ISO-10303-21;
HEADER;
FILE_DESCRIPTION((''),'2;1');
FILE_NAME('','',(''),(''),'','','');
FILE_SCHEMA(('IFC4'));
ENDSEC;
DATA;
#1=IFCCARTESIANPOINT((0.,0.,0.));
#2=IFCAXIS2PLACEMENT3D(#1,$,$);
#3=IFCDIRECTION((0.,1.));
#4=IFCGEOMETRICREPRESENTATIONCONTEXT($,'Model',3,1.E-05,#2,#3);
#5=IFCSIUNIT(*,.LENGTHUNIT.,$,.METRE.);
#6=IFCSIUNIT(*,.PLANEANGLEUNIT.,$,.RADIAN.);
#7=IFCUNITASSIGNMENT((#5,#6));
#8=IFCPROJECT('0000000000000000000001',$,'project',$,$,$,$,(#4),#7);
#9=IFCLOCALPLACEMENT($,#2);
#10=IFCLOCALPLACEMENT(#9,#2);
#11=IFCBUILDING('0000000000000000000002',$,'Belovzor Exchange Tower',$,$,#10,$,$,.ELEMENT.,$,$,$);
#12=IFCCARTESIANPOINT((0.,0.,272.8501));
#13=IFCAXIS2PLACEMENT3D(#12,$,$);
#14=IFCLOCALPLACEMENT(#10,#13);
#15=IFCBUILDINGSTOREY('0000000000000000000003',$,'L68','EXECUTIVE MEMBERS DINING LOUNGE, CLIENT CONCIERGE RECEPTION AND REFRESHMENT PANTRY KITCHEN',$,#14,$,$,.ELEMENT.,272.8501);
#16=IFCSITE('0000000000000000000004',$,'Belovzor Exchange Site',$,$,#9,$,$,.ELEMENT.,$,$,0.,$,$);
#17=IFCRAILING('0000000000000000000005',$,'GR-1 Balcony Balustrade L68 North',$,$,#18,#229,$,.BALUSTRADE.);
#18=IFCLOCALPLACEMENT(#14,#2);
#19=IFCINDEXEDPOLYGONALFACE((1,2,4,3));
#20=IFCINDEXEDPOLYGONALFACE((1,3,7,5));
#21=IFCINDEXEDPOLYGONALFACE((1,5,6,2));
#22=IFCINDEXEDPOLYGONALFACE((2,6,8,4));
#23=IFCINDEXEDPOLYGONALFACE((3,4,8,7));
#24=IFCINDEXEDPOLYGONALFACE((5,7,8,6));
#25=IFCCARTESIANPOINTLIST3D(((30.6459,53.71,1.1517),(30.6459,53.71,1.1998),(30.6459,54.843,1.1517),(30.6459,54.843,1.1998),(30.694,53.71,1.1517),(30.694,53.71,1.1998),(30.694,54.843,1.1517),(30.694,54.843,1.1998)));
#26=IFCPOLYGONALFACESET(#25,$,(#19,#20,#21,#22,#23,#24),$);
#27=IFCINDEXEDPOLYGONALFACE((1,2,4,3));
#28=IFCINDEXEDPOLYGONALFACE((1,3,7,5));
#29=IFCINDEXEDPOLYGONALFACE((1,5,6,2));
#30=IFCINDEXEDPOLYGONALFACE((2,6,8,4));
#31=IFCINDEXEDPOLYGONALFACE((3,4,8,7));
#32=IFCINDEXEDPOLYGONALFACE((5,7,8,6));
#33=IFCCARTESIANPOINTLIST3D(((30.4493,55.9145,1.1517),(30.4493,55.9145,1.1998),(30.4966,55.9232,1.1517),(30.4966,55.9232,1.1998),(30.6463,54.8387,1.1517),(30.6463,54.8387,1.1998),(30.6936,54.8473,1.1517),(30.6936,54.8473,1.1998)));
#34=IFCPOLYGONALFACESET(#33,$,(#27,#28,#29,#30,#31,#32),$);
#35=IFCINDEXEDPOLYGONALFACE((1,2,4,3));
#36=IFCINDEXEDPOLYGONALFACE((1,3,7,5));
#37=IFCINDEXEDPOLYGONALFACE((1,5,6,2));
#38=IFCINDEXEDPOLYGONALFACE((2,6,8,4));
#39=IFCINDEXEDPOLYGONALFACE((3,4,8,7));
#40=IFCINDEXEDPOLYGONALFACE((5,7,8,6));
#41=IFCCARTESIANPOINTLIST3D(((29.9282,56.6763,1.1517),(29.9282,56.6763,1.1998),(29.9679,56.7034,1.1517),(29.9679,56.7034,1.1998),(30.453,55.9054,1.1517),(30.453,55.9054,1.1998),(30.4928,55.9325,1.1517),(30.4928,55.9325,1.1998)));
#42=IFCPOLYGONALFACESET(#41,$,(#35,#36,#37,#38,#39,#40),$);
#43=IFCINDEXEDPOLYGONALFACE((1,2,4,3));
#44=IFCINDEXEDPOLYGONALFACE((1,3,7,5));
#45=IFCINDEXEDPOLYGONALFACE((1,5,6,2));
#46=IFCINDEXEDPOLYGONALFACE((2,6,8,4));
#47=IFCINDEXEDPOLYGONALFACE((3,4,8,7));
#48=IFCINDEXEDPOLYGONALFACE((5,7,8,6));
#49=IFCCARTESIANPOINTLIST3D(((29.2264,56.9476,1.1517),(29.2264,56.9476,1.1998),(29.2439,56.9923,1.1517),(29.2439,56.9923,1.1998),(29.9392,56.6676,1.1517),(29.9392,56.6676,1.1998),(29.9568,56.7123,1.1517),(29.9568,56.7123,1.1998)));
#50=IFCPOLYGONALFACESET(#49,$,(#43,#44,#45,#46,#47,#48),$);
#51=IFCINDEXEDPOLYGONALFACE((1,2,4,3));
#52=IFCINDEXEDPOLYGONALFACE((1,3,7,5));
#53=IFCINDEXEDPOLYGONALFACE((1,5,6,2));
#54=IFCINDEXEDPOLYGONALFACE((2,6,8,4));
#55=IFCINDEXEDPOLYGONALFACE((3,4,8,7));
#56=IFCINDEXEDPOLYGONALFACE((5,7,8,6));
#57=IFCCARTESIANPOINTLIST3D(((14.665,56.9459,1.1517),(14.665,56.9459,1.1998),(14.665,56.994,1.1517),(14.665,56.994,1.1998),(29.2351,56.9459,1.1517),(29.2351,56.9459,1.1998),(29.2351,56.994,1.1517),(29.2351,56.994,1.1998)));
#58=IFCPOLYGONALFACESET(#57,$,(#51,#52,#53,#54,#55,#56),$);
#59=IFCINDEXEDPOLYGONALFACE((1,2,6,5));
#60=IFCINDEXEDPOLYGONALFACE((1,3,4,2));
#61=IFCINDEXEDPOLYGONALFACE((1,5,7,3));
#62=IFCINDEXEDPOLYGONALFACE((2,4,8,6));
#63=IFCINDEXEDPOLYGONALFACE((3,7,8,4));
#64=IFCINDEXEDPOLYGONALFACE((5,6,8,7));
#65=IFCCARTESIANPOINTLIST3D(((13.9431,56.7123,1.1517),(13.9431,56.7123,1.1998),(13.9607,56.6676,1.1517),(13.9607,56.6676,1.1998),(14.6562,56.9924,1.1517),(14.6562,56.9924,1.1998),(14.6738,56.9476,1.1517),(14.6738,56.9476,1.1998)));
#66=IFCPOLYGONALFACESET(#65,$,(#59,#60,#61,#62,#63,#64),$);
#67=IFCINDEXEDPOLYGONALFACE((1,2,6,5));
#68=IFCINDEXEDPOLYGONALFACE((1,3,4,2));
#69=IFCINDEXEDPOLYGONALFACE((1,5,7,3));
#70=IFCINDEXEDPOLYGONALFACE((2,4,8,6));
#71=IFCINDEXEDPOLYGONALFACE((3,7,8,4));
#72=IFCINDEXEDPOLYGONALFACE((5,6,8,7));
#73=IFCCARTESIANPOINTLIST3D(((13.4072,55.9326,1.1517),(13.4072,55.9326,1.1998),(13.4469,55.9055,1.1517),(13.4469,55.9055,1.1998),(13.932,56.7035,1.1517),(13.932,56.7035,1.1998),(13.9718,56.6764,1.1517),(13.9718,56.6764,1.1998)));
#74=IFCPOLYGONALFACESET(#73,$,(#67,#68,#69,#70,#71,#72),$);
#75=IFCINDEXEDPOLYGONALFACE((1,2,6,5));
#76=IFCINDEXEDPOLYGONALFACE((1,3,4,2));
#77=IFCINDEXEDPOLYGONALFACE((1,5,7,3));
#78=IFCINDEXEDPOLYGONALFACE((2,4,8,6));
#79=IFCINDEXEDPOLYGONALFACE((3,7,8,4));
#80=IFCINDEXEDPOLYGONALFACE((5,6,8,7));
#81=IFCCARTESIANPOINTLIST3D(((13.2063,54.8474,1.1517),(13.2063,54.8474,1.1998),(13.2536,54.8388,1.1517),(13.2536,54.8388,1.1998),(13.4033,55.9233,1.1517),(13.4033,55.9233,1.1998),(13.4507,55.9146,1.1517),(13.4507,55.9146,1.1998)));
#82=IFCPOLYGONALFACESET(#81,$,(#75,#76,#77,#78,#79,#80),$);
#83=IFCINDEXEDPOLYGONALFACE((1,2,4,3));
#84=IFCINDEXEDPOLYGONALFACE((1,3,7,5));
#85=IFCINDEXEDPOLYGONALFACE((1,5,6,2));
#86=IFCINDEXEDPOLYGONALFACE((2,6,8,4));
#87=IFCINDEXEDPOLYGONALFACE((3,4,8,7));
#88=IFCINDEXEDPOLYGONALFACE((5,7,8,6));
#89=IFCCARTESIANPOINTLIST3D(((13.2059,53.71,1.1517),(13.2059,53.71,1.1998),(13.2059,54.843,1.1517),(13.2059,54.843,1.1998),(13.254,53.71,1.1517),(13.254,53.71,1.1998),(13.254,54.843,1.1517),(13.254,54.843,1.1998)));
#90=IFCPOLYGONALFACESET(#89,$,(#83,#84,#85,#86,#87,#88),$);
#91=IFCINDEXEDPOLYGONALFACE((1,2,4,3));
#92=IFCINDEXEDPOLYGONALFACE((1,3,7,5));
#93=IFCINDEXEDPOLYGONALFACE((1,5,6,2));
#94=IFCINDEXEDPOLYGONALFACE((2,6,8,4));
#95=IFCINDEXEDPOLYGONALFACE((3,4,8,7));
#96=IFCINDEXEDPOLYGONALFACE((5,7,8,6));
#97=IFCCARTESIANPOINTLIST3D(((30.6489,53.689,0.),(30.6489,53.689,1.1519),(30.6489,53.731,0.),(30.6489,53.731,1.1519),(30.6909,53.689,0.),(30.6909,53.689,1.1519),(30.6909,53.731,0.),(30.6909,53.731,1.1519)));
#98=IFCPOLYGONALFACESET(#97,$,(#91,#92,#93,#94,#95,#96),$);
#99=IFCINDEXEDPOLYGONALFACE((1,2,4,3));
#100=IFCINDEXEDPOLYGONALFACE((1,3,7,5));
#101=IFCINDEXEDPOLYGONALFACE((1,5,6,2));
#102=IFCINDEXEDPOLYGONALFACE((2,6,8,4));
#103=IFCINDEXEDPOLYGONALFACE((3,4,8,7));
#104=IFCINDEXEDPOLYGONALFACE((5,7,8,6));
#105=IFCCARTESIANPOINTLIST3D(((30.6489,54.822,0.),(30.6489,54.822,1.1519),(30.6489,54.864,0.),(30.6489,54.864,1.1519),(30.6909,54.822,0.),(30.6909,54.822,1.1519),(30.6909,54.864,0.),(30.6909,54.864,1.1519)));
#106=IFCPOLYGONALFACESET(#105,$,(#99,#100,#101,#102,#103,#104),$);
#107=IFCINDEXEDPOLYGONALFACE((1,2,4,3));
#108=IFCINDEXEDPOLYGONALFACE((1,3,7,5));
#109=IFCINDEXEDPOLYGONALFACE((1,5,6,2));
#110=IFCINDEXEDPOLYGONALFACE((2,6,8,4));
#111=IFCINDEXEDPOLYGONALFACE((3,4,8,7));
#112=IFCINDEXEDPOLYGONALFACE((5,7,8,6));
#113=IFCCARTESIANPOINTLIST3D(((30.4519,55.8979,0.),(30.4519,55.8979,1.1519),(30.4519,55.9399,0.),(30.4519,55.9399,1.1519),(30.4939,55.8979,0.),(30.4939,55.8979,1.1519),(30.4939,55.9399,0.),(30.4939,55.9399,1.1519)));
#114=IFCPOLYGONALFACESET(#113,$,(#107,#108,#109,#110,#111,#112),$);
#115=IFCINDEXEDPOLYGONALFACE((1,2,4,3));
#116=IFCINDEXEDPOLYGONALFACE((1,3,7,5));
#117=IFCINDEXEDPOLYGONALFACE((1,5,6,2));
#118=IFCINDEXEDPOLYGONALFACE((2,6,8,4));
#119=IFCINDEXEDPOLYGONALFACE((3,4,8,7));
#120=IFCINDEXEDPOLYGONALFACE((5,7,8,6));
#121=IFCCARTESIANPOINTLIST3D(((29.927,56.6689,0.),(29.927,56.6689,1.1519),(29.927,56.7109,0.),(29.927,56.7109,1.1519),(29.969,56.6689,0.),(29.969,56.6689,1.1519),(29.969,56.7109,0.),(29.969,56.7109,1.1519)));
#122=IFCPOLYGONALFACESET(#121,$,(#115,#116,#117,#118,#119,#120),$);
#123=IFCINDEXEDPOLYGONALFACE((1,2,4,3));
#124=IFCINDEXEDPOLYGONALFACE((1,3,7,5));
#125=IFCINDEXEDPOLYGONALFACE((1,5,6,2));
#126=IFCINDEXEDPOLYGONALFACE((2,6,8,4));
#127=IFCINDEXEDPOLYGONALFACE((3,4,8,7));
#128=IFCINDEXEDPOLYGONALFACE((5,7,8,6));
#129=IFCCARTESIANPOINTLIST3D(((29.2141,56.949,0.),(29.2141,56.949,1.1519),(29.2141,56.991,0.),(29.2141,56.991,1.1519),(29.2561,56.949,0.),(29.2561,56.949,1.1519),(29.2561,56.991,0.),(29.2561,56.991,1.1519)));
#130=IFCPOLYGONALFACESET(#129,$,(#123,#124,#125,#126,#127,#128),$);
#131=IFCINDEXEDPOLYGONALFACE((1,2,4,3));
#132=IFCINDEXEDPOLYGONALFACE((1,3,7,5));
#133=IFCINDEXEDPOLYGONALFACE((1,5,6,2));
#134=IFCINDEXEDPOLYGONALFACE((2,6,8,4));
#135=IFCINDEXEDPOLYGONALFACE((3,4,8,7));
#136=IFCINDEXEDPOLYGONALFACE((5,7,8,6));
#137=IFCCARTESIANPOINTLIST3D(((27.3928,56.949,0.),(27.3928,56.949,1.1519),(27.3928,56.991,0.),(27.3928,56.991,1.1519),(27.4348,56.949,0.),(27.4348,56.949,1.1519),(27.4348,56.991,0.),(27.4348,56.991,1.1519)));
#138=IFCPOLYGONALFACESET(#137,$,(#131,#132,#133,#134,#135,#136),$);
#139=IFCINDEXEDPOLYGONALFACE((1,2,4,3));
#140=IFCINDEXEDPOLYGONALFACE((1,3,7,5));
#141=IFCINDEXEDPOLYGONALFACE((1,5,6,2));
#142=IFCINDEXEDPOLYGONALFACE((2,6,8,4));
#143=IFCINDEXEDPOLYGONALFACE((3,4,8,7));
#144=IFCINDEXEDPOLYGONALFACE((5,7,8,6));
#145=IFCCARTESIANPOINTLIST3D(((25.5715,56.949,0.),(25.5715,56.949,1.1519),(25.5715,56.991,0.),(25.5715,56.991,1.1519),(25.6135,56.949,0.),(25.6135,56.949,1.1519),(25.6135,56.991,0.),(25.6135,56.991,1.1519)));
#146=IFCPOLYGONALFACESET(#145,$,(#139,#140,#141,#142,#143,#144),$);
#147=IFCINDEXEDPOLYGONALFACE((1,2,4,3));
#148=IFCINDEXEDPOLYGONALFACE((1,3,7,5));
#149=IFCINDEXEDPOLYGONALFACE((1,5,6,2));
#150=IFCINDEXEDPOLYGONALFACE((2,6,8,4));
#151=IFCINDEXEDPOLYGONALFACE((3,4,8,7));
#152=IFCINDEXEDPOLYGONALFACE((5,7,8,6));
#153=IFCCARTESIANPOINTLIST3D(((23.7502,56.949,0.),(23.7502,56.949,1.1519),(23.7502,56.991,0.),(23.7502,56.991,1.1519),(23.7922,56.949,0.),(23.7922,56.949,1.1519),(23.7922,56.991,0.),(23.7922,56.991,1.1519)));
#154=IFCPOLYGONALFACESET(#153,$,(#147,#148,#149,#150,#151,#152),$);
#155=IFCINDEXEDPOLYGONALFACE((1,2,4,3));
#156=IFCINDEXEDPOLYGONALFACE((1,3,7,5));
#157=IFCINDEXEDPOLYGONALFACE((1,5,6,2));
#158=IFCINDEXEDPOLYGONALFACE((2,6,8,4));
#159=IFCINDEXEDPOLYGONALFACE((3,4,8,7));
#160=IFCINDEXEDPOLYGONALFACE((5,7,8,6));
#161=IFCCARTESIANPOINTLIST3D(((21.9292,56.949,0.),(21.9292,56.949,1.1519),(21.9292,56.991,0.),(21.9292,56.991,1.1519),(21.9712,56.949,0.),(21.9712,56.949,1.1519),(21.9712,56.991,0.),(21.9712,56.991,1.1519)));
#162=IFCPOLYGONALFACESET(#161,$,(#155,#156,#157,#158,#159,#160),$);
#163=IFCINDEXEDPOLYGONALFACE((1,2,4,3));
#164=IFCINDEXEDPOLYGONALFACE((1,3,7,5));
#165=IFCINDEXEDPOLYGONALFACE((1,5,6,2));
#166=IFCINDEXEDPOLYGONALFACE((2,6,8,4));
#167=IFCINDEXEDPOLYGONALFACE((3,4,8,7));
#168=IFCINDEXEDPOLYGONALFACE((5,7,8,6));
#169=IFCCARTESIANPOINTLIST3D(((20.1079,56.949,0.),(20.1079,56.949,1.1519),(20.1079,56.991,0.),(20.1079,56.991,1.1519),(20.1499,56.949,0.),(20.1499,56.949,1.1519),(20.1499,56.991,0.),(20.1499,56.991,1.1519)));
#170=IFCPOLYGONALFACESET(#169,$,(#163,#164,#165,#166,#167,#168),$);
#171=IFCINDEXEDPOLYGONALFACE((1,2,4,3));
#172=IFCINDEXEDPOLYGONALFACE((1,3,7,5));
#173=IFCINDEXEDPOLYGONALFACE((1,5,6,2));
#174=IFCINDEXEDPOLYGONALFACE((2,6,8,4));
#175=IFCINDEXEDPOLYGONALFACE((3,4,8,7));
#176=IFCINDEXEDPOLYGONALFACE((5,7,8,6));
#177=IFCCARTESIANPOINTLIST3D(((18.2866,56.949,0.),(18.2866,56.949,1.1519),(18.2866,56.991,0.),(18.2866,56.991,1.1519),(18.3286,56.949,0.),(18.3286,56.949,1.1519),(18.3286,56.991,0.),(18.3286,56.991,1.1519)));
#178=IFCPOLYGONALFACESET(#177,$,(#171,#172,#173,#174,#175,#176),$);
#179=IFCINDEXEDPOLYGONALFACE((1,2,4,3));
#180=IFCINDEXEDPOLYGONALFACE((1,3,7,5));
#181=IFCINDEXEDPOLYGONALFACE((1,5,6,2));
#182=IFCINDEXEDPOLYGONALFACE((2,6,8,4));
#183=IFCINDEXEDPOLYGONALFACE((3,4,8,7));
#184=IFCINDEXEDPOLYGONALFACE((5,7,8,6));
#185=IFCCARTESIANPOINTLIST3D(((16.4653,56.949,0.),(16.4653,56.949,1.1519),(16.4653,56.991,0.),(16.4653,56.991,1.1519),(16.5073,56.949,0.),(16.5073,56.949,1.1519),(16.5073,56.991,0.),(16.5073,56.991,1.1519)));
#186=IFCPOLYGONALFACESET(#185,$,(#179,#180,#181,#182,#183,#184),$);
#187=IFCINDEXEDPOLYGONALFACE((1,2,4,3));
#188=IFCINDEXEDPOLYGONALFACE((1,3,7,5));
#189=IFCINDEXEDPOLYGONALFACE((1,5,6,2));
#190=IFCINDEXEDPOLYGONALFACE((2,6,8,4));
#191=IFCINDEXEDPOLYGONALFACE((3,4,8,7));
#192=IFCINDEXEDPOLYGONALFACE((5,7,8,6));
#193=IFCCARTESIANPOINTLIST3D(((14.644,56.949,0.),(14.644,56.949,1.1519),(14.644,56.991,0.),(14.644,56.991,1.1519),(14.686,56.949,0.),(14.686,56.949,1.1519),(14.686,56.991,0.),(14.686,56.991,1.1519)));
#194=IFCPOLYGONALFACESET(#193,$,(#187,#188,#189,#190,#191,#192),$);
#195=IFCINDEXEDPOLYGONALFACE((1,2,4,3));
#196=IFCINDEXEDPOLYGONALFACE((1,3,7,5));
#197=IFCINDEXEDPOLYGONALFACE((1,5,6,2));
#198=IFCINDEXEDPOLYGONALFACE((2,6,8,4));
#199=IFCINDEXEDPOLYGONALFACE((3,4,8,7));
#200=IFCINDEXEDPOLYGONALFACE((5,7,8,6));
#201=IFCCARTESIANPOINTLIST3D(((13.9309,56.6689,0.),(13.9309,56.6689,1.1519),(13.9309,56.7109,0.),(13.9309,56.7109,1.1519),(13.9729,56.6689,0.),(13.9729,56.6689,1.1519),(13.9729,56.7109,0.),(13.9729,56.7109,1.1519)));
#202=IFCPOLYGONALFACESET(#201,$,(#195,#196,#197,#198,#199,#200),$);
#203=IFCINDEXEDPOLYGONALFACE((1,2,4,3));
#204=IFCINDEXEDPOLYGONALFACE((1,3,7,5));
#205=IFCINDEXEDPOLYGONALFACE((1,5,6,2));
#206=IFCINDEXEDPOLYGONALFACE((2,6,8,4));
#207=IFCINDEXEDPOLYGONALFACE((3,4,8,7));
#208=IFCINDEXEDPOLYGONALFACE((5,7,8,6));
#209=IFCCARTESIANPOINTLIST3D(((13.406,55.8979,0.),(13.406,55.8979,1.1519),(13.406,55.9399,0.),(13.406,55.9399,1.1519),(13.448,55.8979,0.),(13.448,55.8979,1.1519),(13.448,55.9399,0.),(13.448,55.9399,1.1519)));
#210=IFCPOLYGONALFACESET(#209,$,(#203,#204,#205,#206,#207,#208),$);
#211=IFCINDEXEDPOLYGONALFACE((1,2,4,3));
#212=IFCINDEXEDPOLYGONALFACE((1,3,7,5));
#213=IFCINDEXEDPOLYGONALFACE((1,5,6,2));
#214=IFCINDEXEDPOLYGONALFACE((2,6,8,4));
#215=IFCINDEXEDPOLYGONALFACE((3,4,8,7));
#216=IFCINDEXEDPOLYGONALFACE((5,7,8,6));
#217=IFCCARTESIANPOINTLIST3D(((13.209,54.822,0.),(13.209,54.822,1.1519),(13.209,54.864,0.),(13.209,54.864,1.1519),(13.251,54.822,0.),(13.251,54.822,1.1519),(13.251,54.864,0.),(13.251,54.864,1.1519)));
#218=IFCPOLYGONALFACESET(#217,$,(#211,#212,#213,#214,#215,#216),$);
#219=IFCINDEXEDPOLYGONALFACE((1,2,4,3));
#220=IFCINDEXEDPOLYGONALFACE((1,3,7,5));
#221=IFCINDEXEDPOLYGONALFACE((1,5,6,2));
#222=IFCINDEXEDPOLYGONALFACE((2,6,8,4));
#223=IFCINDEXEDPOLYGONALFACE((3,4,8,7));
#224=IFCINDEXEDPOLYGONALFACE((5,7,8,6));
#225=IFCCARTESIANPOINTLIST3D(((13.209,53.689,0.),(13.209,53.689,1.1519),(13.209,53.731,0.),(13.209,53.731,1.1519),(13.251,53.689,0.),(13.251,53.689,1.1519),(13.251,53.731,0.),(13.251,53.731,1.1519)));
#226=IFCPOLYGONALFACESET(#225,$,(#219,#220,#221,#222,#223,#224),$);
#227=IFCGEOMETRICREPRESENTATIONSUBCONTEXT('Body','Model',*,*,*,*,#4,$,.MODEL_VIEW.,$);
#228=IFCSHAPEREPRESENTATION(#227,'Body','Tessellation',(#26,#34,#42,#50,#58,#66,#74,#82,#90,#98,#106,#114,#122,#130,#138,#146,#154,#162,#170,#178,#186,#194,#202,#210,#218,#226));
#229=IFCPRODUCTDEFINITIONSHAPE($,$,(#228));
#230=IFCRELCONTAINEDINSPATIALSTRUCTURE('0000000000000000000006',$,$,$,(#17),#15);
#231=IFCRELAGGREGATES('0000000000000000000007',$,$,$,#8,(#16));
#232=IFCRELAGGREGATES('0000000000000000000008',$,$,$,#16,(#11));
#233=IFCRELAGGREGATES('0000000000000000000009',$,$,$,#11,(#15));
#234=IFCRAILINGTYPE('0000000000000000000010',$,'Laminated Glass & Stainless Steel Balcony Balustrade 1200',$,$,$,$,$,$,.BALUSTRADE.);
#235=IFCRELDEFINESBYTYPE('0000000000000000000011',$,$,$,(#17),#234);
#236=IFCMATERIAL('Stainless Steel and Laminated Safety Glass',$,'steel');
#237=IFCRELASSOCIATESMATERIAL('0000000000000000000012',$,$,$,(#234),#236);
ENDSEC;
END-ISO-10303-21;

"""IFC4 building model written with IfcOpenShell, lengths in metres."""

from ifc_helpers import new_model, si_unit, direction, frame, origin, origin_2d, place, context, subcontext, project, spatial, rectangle, extrude, material, type_object, element, save


model = new_model("IFC4")

# Units and contexts
model_context = context("Model", 3, precision=1e-05, world=origin(), true_north=direction((0.0, 1.0)))
body_context = subcontext(model_context, "Body", "Model", "MODEL_VIEW")
ifc_project = project(units=[si_unit("LENGTHUNIT", "METRE"), si_unit("PLANEANGLEUNIT", "RADIAN")], contexts=[model_context])

# Site, building, storey
site_placement = place(None, origin())
site = spatial("IfcSite", under=ifc_project, at=site_placement, Name="Belovzor Exchange Site", CompositionType="ELEMENT", RefElevation=0.0)
building_placement = place(site_placement, origin())
building = spatial("IfcBuilding", under=site, at=building_placement, Name="Belovzor Exchange Tower", CompositionType="ELEMENT")
storey_placement = place(building_placement, frame((0.0, 0.0, 272.8501)))
storey = spatial("IfcBuildingStorey", under=building, at=storey_placement, Name="L68", Description="EXECUTIVE MEMBERS DINING LOUNGE, CLIENT CONCIERGE RECEPTION AND REFRESHMENT PANTRY KITCHEN", CompositionType="ELEMENT", Elevation=272.8501)

# Railing
ifc_material_1 = material(Name="Stainless Steel and Laminated Safety Glass", Category="steel")
railing_type = type_object("IfcRailingType", Name="Laminated Glass & Stainless Steel Balcony Balustrade 1200", PredefinedType="BALUSTRADE", material=ifc_material_1)
railing_placement = place(storey_placement, frame((30.6699, 53.71, 0.0)))
element("IfcRailing", 1, at=railing_placement, inside=storey, type_object=railing_type, Name="GR-1 Balcony Balustrade L68 North", PredefinedType="BALUSTRADE", context=body_context, shape_type="SweptSolid", body=[
    extrude(rectangle(XDim=0.0481, YDim=0.0481, at=origin_2d()), frame((0.0, 0.0, 1.1758), z_axis=(0.0, 1.0, 0.0), x_axis=(-1.0, 0.0, 0.0)), (0.0, 0.0, 1.0), 1.1331),
    extrude(rectangle(XDim=0.0481, YDim=0.0481, at=origin_2d()), frame((0.0, 1.1331, 1.1758), z_axis=(-0.180123, 0.983644, 0.0), x_axis=(-0.983644, -0.180123, 0.0)), (0.0, 0.0, 1.0), 1.0938),
    extrude(rectangle(XDim=0.0481, YDim=0.0481, at=origin_2d()), frame((-0.197, 2.209, 1.1758), z_axis=(-0.562768, 0.826615, 0.0), x_axis=(-0.826615, -0.562768, 0.0)), (0.0, 0.0, 1.0), 0.9326),
    extrude(rectangle(XDim=0.0481, YDim=0.0481, at=origin_2d()), frame((-0.7219, 2.98, 1.1758), z_axis=(-0.930767, 0.365613, 0.0), x_axis=(-0.365613, -0.930767, 0.0)), (0.0, 0.0, 1.0), 0.7659),
    extrude(rectangle(XDim=0.0481, YDim=0.0481, at=origin_2d()), frame((-1.4348, 3.26, 1.1758), z_axis=(-1.0, 0.0, 0.0), x_axis=(0.0, -1.0, 0.0)), (0.0, 0.0, 1.0), 14.5701),
    extrude(rectangle(XDim=0.0481, YDim=0.0481, at=origin_2d()), frame((-16.0049, 3.26, 1.1758), z_axis=(-0.93081, -0.365504, 0.0), x_axis=(0.365504, -0.93081, 0.0)), (0.0, 0.0, 1.0), 0.7661),
    extrude(rectangle(XDim=0.0481, YDim=0.0481, at=origin_2d()), frame((-16.718, 2.98, 1.1758), z_axis=(-0.562768, -0.826615, 0.0), x_axis=(0.826615, -0.562768, 0.0)), (0.0, 0.0, 1.0), 0.9326),
    extrude(rectangle(XDim=0.0481, YDim=0.0481, at=origin_2d()), frame((-17.2429, 2.209, 1.1758), z_axis=(-0.180123, -0.983644, 0.0), x_axis=(0.983644, -0.180123, 0.0)), (0.0, 0.0, 1.0), 1.0938),
    extrude(rectangle(XDim=0.0481, YDim=0.0481, at=origin_2d()), frame((-17.4399, 1.1331, 1.1758), z_axis=(0.0, -1.0, 0.0), x_axis=(1.0, 0.0, 0.0)), (0.0, 0.0, 1.0), 1.1331),
    extrude(rectangle(XDim=0.042, YDim=0.042, at=origin_2d()), origin(), (0.0, 0.0, 1.0), 1.1519),
    extrude(rectangle(XDim=0.042, YDim=0.042, at=origin_2d()), frame((0.0, 1.1331, 0.0)), (0.0, 0.0, 1.0), 1.1519),
    extrude(rectangle(XDim=0.042, YDim=0.042, at=origin_2d()), frame((-0.197, 2.209, 0.0)), (0.0, 0.0, 1.0), 1.1519),
    extrude(rectangle(XDim=0.042, YDim=0.042, at=origin_2d()), frame((-0.7219, 2.98, 0.0)), (0.0, 0.0, 1.0), 1.1519),
    extrude(rectangle(XDim=0.042, YDim=0.042, at=origin_2d()), frame((-1.4348, 3.26, 0.0)), (0.0, 0.0, 1.0), 1.1519),
    extrude(rectangle(XDim=0.042, YDim=0.042, at=origin_2d()), frame((-3.2561, 3.26, 0.0)), (0.0, 0.0, 1.0), 1.1519),
    extrude(rectangle(XDim=0.042, YDim=0.042, at=origin_2d()), frame((-5.0774, 3.26, 0.0)), (0.0, 0.0, 1.0), 1.1519),
    extrude(rectangle(XDim=0.042, YDim=0.042, at=origin_2d()), frame((-6.8987, 3.26, 0.0)), (0.0, 0.0, 1.0), 1.1519),
    extrude(rectangle(XDim=0.042, YDim=0.042, at=origin_2d()), frame((-8.7197, 3.26, 0.0)), (0.0, 0.0, 1.0), 1.1519),
    extrude(rectangle(XDim=0.042, YDim=0.042, at=origin_2d()), frame((-10.541, 3.26, 0.0)), (0.0, 0.0, 1.0), 1.1519),
    extrude(rectangle(XDim=0.042, YDim=0.042, at=origin_2d()), frame((-12.3623, 3.26, 0.0)), (0.0, 0.0, 1.0), 1.1519),
    extrude(rectangle(XDim=0.042, YDim=0.042, at=origin_2d()), frame((-14.1836, 3.26, 0.0)), (0.0, 0.0, 1.0), 1.1519),
    extrude(rectangle(XDim=0.042, YDim=0.042, at=origin_2d()), frame((-16.0049, 3.26, 0.0)), (0.0, 0.0, 1.0), 1.1519),
    extrude(rectangle(XDim=0.042, YDim=0.042, at=origin_2d()), frame((-16.718, 2.98, 0.0)), (0.0, 0.0, 1.0), 1.1519),
    extrude(rectangle(XDim=0.042, YDim=0.042, at=origin_2d()), frame((-17.2429, 2.209, 0.0)), (0.0, 0.0, 1.0), 1.1519),
    extrude(rectangle(XDim=0.042, YDim=0.042, at=origin_2d()), frame((-17.4399, 1.1331, 0.0)), (0.0, 0.0, 1.0), 1.1519),
    extrude(rectangle(XDim=0.042, YDim=0.042, at=origin_2d()), frame((-17.4399, 0.0, 0.0)), (0.0, 0.0, 1.0), 1.1519),
])

save(model, "model.ifc")
